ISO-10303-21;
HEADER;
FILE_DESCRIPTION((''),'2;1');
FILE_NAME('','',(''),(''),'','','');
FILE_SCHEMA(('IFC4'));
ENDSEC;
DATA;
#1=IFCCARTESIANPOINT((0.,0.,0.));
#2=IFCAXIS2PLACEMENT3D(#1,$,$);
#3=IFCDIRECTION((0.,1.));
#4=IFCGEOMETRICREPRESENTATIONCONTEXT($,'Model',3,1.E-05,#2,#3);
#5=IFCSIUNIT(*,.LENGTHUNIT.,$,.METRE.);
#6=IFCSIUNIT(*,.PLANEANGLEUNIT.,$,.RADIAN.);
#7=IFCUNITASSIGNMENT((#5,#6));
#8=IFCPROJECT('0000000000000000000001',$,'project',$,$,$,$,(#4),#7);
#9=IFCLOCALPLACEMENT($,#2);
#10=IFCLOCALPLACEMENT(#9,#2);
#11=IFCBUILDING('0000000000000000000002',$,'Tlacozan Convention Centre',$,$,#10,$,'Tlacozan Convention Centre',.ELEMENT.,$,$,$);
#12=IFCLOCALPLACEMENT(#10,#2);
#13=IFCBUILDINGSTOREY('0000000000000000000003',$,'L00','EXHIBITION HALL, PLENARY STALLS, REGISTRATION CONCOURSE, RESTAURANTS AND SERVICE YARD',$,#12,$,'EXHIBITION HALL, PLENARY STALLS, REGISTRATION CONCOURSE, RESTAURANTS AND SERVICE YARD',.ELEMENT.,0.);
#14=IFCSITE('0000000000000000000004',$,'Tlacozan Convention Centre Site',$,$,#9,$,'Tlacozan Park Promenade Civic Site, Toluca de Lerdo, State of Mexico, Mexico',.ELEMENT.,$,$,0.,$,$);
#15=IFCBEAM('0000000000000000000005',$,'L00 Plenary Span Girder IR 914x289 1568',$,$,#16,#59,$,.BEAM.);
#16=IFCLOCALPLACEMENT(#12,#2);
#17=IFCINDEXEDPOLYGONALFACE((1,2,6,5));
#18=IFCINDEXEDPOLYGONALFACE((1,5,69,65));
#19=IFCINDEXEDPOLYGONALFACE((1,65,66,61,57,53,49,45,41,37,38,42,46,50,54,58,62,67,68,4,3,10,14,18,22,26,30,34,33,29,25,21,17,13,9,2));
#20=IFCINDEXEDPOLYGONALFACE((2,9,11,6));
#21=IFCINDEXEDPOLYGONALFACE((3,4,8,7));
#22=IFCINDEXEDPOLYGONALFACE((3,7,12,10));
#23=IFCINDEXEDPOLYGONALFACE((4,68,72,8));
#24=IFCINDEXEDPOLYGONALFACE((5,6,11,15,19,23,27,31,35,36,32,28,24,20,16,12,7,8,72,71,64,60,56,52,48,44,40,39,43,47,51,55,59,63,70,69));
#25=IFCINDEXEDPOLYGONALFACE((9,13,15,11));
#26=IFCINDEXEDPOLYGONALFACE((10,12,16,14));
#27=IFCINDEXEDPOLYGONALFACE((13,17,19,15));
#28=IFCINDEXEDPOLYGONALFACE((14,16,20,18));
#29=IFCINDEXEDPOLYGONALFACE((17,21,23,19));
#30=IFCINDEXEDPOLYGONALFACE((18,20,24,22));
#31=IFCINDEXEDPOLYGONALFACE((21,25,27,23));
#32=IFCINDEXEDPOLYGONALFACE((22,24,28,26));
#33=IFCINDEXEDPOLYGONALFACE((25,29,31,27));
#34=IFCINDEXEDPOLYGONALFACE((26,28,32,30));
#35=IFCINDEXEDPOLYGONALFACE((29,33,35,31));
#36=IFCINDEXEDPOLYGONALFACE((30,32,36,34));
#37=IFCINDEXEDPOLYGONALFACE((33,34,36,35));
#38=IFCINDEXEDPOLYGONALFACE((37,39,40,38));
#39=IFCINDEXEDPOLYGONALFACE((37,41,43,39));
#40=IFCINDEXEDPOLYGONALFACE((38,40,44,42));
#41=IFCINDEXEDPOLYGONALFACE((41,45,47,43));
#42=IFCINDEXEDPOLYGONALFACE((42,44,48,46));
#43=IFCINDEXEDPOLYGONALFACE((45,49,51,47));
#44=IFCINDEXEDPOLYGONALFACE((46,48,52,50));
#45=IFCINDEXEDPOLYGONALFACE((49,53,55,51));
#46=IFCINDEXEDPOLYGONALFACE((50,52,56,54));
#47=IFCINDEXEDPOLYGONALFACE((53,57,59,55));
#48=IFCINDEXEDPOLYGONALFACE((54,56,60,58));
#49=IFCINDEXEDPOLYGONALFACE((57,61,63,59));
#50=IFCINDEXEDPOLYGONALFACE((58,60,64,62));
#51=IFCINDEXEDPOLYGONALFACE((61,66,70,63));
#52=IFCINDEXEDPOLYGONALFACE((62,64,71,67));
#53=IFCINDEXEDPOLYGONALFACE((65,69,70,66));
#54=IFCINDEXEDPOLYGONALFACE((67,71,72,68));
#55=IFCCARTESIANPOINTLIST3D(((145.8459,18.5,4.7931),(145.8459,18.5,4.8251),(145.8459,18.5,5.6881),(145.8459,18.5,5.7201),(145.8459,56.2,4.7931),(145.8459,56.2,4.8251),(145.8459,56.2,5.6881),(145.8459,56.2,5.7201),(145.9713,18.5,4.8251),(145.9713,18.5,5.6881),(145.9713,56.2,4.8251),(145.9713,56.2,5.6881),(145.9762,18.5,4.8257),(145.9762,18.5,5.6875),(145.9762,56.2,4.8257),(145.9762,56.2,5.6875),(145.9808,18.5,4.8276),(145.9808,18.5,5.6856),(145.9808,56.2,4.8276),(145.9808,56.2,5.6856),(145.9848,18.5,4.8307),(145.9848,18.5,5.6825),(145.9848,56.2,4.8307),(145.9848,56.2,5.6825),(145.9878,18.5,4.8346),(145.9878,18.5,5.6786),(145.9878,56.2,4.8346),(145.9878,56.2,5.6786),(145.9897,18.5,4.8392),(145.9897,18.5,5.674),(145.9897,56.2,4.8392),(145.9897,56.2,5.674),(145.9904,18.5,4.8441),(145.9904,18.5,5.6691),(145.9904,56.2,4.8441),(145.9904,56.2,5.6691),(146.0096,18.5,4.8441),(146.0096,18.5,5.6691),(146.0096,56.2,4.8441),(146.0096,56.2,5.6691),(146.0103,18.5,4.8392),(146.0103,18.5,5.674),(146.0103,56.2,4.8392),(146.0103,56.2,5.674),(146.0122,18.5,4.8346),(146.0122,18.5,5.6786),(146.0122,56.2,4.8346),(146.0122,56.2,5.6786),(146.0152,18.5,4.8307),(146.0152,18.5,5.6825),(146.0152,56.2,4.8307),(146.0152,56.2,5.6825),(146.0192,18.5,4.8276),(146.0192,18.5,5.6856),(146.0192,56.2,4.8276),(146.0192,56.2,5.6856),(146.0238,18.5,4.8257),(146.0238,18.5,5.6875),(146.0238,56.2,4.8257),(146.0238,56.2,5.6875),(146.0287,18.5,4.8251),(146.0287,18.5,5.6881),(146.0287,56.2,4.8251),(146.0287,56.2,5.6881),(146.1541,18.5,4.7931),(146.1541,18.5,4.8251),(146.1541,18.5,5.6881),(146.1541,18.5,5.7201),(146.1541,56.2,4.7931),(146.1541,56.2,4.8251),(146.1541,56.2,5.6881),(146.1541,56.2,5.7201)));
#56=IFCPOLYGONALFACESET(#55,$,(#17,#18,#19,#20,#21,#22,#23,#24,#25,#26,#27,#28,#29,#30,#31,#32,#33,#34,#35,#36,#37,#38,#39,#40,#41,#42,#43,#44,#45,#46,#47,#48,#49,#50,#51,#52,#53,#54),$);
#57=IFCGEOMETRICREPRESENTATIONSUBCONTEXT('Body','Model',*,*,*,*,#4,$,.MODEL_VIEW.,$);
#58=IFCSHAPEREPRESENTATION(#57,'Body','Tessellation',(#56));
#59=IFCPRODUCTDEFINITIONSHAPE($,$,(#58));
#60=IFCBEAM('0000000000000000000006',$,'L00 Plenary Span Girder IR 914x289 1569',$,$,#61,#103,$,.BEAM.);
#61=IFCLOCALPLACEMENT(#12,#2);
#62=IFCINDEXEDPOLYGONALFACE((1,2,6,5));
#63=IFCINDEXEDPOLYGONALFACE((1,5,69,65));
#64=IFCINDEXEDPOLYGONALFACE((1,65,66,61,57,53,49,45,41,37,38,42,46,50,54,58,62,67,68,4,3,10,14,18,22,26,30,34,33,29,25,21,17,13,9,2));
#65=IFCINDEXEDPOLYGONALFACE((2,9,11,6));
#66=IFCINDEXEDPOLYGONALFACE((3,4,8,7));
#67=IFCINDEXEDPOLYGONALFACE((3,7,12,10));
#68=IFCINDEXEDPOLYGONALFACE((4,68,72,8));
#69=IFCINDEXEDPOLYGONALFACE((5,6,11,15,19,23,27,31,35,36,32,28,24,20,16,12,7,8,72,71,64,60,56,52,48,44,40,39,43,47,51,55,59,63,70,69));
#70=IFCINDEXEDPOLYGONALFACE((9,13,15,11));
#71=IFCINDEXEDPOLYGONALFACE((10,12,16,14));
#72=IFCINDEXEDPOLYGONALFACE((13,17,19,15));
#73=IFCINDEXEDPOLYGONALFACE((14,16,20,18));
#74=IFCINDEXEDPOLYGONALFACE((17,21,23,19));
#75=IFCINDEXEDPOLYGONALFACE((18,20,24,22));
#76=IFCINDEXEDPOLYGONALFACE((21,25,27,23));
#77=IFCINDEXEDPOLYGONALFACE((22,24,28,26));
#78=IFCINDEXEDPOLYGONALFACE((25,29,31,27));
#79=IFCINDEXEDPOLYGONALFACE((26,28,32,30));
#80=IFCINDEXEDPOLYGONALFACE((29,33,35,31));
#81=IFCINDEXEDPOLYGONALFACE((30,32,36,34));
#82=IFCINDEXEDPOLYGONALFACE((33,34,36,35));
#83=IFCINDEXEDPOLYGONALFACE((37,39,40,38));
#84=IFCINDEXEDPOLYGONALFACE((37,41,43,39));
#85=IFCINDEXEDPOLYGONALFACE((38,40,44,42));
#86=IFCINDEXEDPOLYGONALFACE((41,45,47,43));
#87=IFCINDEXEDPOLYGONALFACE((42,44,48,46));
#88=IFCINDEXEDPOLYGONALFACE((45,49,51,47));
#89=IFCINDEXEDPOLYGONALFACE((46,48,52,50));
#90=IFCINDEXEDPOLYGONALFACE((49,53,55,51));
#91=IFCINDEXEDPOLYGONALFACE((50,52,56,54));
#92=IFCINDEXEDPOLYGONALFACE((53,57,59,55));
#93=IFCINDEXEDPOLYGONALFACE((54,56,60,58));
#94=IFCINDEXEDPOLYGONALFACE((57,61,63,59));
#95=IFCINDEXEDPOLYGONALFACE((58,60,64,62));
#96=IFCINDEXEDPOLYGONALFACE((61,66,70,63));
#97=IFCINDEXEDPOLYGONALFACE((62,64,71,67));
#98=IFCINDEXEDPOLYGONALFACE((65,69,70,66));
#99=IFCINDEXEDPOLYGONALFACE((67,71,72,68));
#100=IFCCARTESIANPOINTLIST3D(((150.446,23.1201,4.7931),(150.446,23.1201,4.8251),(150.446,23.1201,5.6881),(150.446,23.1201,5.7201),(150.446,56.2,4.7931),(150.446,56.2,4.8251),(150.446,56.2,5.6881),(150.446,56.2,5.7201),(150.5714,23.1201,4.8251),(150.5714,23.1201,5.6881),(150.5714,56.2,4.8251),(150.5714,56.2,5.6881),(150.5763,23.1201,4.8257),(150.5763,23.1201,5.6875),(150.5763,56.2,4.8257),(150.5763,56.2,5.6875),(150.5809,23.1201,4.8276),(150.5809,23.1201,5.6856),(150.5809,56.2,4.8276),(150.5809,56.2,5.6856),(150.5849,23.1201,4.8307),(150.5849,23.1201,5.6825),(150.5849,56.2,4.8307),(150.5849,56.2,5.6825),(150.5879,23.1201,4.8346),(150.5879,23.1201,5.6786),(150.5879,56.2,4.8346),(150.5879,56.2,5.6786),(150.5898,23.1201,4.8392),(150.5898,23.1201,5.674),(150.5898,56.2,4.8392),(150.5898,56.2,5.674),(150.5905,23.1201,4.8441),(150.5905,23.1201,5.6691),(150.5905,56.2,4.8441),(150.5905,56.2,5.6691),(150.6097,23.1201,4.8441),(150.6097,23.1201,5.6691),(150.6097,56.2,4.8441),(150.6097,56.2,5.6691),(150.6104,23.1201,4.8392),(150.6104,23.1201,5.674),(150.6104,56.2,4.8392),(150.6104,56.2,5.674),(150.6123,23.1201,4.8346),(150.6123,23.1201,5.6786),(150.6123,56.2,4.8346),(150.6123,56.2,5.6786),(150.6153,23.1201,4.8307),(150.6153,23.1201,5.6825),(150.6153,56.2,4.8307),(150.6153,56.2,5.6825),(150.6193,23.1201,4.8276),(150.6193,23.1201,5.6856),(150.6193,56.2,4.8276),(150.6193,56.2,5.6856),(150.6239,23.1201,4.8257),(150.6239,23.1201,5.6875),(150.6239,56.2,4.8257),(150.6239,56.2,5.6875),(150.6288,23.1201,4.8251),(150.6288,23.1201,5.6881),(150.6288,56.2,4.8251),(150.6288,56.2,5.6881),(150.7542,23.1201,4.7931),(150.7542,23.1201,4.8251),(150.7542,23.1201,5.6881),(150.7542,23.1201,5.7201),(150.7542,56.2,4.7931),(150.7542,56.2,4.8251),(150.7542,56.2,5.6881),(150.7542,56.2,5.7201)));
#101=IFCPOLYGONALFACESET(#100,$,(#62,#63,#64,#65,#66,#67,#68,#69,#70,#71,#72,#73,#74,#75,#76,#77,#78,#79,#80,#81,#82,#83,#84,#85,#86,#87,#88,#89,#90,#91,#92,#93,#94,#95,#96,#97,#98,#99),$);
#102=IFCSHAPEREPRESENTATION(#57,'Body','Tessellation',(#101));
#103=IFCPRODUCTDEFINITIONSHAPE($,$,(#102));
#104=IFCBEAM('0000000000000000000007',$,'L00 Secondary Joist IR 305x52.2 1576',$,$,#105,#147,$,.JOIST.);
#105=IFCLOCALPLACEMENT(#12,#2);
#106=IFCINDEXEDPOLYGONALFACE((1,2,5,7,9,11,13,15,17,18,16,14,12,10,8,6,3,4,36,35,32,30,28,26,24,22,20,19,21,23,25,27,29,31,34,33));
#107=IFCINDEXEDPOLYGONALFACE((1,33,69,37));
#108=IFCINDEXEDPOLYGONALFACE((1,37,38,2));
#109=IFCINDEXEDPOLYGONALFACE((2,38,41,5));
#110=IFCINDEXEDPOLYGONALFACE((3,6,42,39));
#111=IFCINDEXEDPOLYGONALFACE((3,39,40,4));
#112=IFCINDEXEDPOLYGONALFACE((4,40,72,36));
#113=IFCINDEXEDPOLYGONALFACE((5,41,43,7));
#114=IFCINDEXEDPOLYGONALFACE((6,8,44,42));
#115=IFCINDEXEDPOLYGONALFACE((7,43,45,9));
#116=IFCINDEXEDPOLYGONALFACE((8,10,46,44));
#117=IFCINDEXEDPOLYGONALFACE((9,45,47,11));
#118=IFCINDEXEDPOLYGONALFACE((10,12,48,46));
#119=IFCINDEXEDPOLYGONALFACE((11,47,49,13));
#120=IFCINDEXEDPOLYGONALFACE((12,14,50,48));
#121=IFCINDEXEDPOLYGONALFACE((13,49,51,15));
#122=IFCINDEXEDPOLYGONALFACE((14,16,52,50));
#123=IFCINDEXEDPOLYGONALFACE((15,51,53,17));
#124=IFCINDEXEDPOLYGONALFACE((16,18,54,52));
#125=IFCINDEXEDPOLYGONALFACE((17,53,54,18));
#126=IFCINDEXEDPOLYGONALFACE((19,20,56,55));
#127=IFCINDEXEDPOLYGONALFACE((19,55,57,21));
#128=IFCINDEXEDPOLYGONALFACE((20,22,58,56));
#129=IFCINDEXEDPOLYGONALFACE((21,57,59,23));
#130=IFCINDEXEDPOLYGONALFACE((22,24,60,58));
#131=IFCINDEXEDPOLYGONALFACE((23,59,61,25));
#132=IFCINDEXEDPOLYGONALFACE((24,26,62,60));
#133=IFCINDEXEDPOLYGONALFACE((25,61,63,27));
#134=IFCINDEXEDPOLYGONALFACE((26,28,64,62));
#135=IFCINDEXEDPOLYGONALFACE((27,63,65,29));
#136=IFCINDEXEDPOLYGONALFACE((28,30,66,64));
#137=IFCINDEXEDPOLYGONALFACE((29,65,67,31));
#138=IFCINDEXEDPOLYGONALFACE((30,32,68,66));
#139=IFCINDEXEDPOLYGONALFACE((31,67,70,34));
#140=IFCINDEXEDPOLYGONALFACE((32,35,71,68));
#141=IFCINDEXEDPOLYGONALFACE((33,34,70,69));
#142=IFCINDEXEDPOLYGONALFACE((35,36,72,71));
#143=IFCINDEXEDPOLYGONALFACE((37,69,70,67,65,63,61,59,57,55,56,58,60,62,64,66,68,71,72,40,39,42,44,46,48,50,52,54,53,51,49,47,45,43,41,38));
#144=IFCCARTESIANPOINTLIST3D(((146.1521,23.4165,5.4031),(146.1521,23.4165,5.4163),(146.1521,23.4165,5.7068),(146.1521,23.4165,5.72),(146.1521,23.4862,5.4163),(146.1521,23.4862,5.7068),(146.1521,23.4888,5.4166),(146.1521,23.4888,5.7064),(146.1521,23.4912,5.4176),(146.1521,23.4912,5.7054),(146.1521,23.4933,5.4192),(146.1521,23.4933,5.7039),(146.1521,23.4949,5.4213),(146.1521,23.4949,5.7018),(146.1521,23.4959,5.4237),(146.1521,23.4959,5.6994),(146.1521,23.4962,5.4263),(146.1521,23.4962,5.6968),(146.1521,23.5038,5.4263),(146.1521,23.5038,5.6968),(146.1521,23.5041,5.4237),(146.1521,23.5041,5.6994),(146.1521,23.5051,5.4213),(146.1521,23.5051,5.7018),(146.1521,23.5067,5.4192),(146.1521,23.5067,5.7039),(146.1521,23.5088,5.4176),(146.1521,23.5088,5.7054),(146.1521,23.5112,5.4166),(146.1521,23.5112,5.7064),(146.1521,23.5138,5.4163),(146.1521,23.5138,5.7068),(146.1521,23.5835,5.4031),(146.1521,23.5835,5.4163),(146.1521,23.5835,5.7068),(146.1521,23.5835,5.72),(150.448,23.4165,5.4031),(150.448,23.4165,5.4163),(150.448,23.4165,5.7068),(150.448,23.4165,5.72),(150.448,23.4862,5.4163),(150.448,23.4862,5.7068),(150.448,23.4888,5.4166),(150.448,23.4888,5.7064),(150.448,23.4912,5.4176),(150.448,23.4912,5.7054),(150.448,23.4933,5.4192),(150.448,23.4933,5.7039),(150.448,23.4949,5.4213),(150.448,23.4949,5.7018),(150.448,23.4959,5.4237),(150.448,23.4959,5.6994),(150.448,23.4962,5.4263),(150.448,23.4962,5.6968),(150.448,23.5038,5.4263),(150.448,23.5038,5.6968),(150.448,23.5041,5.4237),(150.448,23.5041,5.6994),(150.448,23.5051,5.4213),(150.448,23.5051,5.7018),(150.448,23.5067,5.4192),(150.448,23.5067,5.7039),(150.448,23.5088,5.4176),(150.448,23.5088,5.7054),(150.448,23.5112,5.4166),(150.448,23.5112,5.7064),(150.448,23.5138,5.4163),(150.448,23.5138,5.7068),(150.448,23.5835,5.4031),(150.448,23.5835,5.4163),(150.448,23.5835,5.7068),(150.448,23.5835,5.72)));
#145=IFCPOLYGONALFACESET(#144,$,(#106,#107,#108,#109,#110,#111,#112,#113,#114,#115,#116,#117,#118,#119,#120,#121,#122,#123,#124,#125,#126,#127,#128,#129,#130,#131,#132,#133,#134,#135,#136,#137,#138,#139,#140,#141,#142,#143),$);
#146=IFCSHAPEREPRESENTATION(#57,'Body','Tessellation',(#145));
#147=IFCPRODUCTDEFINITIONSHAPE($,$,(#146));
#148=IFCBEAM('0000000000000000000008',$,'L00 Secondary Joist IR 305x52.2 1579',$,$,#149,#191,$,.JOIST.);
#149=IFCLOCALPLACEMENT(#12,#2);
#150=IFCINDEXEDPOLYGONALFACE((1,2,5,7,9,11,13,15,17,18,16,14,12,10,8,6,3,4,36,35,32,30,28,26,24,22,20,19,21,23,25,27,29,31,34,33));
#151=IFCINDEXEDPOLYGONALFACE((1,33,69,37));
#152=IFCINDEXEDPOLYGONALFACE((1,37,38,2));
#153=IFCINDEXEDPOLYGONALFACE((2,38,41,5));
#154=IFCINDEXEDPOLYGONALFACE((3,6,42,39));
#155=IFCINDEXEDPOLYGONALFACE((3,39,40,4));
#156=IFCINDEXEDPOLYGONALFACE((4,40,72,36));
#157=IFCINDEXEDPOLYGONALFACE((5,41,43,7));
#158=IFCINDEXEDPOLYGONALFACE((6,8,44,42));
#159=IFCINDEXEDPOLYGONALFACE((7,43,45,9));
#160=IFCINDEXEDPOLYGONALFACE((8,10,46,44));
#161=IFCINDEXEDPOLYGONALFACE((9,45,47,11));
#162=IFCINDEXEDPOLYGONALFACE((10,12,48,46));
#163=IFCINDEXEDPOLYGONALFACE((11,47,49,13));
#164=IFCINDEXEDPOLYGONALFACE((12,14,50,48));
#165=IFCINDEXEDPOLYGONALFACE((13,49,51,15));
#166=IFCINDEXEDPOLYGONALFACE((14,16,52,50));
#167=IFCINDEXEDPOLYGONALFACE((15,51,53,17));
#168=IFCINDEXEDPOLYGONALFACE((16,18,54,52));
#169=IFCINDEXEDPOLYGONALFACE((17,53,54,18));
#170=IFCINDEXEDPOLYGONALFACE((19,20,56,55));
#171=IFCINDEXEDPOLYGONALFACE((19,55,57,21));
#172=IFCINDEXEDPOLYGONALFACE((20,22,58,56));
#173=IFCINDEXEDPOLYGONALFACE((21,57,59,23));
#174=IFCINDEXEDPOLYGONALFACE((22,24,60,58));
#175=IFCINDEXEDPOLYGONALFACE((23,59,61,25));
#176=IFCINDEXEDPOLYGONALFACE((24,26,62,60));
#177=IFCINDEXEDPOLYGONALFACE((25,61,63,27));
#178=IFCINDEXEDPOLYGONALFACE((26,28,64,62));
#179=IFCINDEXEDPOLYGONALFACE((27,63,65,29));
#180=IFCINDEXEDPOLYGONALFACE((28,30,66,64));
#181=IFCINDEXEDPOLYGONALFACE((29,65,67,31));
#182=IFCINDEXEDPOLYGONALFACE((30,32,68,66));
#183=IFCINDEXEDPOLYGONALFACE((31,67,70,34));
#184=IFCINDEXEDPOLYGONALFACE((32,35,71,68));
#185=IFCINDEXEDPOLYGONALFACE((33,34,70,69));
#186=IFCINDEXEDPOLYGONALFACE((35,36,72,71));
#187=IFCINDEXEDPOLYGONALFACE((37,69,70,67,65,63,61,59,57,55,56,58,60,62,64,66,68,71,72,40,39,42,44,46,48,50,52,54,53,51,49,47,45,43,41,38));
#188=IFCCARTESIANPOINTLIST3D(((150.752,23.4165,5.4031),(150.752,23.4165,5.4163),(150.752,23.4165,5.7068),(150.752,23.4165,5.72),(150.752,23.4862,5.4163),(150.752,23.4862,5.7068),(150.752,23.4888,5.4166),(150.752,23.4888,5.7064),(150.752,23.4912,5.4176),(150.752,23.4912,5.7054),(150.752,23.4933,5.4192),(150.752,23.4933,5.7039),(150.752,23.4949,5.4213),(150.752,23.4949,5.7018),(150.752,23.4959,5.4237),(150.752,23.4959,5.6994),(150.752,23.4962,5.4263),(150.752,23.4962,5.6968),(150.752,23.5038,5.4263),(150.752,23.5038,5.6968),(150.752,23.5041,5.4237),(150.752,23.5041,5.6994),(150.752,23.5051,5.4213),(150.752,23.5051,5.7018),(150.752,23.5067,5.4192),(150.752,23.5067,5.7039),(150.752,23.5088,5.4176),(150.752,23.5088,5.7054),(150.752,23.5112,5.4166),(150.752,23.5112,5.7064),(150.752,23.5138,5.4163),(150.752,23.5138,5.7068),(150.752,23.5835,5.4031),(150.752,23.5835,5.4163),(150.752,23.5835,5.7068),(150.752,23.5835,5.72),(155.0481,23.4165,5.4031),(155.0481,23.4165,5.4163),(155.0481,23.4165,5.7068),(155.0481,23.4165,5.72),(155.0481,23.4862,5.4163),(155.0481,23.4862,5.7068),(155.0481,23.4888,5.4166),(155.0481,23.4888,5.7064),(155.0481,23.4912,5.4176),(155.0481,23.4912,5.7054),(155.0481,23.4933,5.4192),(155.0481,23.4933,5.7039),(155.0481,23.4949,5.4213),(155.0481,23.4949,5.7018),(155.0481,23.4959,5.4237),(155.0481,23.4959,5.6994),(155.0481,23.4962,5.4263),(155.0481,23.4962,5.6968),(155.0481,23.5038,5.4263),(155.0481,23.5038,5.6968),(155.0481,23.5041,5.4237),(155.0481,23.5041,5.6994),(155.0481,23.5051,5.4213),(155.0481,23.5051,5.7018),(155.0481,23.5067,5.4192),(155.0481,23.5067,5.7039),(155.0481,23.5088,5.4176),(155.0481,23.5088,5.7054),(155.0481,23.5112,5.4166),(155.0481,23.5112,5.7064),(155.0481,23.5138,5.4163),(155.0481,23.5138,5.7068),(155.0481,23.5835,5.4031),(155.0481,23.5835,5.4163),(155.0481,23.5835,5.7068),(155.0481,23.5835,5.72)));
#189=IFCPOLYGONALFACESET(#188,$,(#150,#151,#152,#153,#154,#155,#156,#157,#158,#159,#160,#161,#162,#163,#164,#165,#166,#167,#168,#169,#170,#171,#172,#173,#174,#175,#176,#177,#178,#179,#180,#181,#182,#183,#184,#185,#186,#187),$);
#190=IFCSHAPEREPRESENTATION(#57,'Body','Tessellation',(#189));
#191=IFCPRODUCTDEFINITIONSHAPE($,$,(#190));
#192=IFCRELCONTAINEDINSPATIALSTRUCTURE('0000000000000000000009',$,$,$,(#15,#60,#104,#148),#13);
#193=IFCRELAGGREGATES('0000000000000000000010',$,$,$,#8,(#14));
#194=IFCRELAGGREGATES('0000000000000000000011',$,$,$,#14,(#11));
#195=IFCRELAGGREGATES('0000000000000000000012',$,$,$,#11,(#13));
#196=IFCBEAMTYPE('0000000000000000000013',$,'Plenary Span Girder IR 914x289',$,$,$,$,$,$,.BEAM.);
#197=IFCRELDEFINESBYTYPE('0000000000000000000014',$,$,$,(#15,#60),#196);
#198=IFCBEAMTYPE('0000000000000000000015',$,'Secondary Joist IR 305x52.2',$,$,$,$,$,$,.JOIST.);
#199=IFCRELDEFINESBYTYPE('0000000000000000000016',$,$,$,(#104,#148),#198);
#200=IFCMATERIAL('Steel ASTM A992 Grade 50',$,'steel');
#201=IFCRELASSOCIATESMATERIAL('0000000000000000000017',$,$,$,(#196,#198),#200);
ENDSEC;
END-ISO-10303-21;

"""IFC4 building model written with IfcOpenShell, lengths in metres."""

from ifc_helpers import new_model, si_unit, direction, frame, origin, origin_2d, place, context, subcontext, project, spatial, i_section, extrude, material, material_profile, profile_set, type_object, element, save


model = new_model("IFC4")

# Units and contexts
model_context = context("Model", 3, precision=1e-05, world=origin(), true_north=direction((0.0, 1.0)))
body_context = subcontext(model_context, "Body", "Model", "MODEL_VIEW")
ifc_project = project(units=[si_unit("LENGTHUNIT", "METRE"), si_unit("PLANEANGLEUNIT", "RADIAN")], contexts=[model_context])

# Site, building, storey
site_placement = place(None, origin())
site = spatial("IfcSite", under=ifc_project, at=site_placement, Name="Tlacozan Convention Centre Site", LongName="Tlacozan Park Promenade Civic Site, Toluca de Lerdo, State of Mexico, Mexico", CompositionType="ELEMENT", RefElevation=0.0)
building_placement = place(site_placement, origin())
building = spatial("IfcBuilding", under=site, at=building_placement, Name="Tlacozan Convention Centre", LongName="Tlacozan Convention Centre", CompositionType="ELEMENT")
storey_placement = place(building_placement, origin())
storey = spatial("IfcBuildingStorey", under=building, at=storey_placement, Name="L00", Description="EXHIBITION HALL, PLENARY STALLS, REGISTRATION CONCOURSE, RESTAURANTS AND SERVICE YARD", LongName="EXHIBITION HALL, PLENARY STALLS, REGISTRATION CONCOURSE, RESTAURANTS AND SERVICE YARD", CompositionType="ELEMENT", Elevation=0.0)

# Beams
ifc_material_1 = material(Name="Steel ASTM A992 Grade 50", Category="steel")
ifc_material_profile_1 = material_profile(ifc_material_1, i_section(OverallWidth=0.3081, OverallDepth=0.927, WebThickness=0.0193, FlangeThickness=0.032, FilletRadius=0.019, at=origin_2d()), Name="IR 914x289.0")
ifc_profile_set_1 = profile_set([ifc_material_profile_1], Name="Steel ASTM A992 Grade 50")
beam_type_1 = type_object("IfcBeamType", Name="Plenary Span Girder IR 914x289", PredefinedType="BEAM", material=ifc_profile_set_1)
beam_1_placement = place(storey_placement, frame((146.0, 18.5, 5.2566), z_axis=(0.0, 1.0, 0.0), x_axis=(-1.0, 0.0, 0.0)))
element("IfcBeam", 1, at=beam_1_placement, inside=storey, type_object=beam_type_1, Name="L00 Plenary Span Girder IR 914x289 1568", PredefinedType="BEAM", context=body_context, shape_type="SweptSolid", body=[
    extrude(i_section(OverallWidth=0.3081, OverallDepth=0.927, WebThickness=0.0193, FlangeThickness=0.032, FilletRadius=0.019, at=origin_2d()), origin(), (0.0, 0.0, 1.0), 37.7),
])
beam_2_placement = place(storey_placement, frame((150.6001, 23.1201, 5.2566), z_axis=(0.0, 1.0, 0.0), x_axis=(-1.0, 0.0, 0.0)))
element("IfcBeam", 2, at=beam_2_placement, inside=storey, type_object=beam_type_1, Name="L00 Plenary Span Girder IR 914x289 1569", PredefinedType="BEAM", context=body_context, shape_type="SweptSolid", body=[
    extrude(i_section(OverallWidth=0.3081, OverallDepth=0.927, WebThickness=0.0193, FlangeThickness=0.032, FilletRadius=0.019, at=origin_2d()), origin(), (0.0, 0.0, 1.0), 33.0798),
])
ifc_material_profile_2 = material_profile(ifc_material_1, i_section(OverallWidth=0.167, OverallDepth=0.3169, WebThickness=0.0076, FlangeThickness=0.0132, FilletRadius=0.01, at=origin_2d()), Name="IR 305x52.2")
ifc_profile_set_2 = profile_set([ifc_material_profile_2], Name="Steel ASTM A992 Grade 50")
beam_type_2 = type_object("IfcBeamType", Name="Secondary Joist IR 305x52.2", PredefinedType="JOIST", material=ifc_profile_set_2)
beam_3_placement = place(storey_placement, frame((146.1521, 23.5, 5.5615), z_axis=(1.0, 0.0, 0.0), x_axis=(0.0, 1.0, 0.0)))
element("IfcBeam", 3, at=beam_3_placement, inside=storey, type_object=beam_type_2, Name="L00 Secondary Joist IR 305x52.2 1576", PredefinedType="JOIST", context=body_context, shape_type="SweptSolid", body=[
    extrude(i_section(OverallWidth=0.167, OverallDepth=0.3169, WebThickness=0.0076, FlangeThickness=0.0132, FilletRadius=0.01, at=origin_2d()), origin(), (0.0, 0.0, 1.0), 4.2959),
])
beam_4_placement = place(storey_placement, frame((150.752, 23.5, 5.5615), z_axis=(1.0, 0.0, 0.0), x_axis=(0.0, 1.0, 0.0)))
element("IfcBeam", 4, at=beam_4_placement, inside=storey, type_object=beam_type_2, Name="L00 Secondary Joist IR 305x52.2 1579", PredefinedType="JOIST", context=body_context, shape_type="SweptSolid", body=[
    extrude(i_section(OverallWidth=0.167, OverallDepth=0.3169, WebThickness=0.0076, FlangeThickness=0.0132, FilletRadius=0.01, at=origin_2d()), origin(), (0.0, 0.0, 1.0), 4.2961),
])

save(model, "model.ifc")
